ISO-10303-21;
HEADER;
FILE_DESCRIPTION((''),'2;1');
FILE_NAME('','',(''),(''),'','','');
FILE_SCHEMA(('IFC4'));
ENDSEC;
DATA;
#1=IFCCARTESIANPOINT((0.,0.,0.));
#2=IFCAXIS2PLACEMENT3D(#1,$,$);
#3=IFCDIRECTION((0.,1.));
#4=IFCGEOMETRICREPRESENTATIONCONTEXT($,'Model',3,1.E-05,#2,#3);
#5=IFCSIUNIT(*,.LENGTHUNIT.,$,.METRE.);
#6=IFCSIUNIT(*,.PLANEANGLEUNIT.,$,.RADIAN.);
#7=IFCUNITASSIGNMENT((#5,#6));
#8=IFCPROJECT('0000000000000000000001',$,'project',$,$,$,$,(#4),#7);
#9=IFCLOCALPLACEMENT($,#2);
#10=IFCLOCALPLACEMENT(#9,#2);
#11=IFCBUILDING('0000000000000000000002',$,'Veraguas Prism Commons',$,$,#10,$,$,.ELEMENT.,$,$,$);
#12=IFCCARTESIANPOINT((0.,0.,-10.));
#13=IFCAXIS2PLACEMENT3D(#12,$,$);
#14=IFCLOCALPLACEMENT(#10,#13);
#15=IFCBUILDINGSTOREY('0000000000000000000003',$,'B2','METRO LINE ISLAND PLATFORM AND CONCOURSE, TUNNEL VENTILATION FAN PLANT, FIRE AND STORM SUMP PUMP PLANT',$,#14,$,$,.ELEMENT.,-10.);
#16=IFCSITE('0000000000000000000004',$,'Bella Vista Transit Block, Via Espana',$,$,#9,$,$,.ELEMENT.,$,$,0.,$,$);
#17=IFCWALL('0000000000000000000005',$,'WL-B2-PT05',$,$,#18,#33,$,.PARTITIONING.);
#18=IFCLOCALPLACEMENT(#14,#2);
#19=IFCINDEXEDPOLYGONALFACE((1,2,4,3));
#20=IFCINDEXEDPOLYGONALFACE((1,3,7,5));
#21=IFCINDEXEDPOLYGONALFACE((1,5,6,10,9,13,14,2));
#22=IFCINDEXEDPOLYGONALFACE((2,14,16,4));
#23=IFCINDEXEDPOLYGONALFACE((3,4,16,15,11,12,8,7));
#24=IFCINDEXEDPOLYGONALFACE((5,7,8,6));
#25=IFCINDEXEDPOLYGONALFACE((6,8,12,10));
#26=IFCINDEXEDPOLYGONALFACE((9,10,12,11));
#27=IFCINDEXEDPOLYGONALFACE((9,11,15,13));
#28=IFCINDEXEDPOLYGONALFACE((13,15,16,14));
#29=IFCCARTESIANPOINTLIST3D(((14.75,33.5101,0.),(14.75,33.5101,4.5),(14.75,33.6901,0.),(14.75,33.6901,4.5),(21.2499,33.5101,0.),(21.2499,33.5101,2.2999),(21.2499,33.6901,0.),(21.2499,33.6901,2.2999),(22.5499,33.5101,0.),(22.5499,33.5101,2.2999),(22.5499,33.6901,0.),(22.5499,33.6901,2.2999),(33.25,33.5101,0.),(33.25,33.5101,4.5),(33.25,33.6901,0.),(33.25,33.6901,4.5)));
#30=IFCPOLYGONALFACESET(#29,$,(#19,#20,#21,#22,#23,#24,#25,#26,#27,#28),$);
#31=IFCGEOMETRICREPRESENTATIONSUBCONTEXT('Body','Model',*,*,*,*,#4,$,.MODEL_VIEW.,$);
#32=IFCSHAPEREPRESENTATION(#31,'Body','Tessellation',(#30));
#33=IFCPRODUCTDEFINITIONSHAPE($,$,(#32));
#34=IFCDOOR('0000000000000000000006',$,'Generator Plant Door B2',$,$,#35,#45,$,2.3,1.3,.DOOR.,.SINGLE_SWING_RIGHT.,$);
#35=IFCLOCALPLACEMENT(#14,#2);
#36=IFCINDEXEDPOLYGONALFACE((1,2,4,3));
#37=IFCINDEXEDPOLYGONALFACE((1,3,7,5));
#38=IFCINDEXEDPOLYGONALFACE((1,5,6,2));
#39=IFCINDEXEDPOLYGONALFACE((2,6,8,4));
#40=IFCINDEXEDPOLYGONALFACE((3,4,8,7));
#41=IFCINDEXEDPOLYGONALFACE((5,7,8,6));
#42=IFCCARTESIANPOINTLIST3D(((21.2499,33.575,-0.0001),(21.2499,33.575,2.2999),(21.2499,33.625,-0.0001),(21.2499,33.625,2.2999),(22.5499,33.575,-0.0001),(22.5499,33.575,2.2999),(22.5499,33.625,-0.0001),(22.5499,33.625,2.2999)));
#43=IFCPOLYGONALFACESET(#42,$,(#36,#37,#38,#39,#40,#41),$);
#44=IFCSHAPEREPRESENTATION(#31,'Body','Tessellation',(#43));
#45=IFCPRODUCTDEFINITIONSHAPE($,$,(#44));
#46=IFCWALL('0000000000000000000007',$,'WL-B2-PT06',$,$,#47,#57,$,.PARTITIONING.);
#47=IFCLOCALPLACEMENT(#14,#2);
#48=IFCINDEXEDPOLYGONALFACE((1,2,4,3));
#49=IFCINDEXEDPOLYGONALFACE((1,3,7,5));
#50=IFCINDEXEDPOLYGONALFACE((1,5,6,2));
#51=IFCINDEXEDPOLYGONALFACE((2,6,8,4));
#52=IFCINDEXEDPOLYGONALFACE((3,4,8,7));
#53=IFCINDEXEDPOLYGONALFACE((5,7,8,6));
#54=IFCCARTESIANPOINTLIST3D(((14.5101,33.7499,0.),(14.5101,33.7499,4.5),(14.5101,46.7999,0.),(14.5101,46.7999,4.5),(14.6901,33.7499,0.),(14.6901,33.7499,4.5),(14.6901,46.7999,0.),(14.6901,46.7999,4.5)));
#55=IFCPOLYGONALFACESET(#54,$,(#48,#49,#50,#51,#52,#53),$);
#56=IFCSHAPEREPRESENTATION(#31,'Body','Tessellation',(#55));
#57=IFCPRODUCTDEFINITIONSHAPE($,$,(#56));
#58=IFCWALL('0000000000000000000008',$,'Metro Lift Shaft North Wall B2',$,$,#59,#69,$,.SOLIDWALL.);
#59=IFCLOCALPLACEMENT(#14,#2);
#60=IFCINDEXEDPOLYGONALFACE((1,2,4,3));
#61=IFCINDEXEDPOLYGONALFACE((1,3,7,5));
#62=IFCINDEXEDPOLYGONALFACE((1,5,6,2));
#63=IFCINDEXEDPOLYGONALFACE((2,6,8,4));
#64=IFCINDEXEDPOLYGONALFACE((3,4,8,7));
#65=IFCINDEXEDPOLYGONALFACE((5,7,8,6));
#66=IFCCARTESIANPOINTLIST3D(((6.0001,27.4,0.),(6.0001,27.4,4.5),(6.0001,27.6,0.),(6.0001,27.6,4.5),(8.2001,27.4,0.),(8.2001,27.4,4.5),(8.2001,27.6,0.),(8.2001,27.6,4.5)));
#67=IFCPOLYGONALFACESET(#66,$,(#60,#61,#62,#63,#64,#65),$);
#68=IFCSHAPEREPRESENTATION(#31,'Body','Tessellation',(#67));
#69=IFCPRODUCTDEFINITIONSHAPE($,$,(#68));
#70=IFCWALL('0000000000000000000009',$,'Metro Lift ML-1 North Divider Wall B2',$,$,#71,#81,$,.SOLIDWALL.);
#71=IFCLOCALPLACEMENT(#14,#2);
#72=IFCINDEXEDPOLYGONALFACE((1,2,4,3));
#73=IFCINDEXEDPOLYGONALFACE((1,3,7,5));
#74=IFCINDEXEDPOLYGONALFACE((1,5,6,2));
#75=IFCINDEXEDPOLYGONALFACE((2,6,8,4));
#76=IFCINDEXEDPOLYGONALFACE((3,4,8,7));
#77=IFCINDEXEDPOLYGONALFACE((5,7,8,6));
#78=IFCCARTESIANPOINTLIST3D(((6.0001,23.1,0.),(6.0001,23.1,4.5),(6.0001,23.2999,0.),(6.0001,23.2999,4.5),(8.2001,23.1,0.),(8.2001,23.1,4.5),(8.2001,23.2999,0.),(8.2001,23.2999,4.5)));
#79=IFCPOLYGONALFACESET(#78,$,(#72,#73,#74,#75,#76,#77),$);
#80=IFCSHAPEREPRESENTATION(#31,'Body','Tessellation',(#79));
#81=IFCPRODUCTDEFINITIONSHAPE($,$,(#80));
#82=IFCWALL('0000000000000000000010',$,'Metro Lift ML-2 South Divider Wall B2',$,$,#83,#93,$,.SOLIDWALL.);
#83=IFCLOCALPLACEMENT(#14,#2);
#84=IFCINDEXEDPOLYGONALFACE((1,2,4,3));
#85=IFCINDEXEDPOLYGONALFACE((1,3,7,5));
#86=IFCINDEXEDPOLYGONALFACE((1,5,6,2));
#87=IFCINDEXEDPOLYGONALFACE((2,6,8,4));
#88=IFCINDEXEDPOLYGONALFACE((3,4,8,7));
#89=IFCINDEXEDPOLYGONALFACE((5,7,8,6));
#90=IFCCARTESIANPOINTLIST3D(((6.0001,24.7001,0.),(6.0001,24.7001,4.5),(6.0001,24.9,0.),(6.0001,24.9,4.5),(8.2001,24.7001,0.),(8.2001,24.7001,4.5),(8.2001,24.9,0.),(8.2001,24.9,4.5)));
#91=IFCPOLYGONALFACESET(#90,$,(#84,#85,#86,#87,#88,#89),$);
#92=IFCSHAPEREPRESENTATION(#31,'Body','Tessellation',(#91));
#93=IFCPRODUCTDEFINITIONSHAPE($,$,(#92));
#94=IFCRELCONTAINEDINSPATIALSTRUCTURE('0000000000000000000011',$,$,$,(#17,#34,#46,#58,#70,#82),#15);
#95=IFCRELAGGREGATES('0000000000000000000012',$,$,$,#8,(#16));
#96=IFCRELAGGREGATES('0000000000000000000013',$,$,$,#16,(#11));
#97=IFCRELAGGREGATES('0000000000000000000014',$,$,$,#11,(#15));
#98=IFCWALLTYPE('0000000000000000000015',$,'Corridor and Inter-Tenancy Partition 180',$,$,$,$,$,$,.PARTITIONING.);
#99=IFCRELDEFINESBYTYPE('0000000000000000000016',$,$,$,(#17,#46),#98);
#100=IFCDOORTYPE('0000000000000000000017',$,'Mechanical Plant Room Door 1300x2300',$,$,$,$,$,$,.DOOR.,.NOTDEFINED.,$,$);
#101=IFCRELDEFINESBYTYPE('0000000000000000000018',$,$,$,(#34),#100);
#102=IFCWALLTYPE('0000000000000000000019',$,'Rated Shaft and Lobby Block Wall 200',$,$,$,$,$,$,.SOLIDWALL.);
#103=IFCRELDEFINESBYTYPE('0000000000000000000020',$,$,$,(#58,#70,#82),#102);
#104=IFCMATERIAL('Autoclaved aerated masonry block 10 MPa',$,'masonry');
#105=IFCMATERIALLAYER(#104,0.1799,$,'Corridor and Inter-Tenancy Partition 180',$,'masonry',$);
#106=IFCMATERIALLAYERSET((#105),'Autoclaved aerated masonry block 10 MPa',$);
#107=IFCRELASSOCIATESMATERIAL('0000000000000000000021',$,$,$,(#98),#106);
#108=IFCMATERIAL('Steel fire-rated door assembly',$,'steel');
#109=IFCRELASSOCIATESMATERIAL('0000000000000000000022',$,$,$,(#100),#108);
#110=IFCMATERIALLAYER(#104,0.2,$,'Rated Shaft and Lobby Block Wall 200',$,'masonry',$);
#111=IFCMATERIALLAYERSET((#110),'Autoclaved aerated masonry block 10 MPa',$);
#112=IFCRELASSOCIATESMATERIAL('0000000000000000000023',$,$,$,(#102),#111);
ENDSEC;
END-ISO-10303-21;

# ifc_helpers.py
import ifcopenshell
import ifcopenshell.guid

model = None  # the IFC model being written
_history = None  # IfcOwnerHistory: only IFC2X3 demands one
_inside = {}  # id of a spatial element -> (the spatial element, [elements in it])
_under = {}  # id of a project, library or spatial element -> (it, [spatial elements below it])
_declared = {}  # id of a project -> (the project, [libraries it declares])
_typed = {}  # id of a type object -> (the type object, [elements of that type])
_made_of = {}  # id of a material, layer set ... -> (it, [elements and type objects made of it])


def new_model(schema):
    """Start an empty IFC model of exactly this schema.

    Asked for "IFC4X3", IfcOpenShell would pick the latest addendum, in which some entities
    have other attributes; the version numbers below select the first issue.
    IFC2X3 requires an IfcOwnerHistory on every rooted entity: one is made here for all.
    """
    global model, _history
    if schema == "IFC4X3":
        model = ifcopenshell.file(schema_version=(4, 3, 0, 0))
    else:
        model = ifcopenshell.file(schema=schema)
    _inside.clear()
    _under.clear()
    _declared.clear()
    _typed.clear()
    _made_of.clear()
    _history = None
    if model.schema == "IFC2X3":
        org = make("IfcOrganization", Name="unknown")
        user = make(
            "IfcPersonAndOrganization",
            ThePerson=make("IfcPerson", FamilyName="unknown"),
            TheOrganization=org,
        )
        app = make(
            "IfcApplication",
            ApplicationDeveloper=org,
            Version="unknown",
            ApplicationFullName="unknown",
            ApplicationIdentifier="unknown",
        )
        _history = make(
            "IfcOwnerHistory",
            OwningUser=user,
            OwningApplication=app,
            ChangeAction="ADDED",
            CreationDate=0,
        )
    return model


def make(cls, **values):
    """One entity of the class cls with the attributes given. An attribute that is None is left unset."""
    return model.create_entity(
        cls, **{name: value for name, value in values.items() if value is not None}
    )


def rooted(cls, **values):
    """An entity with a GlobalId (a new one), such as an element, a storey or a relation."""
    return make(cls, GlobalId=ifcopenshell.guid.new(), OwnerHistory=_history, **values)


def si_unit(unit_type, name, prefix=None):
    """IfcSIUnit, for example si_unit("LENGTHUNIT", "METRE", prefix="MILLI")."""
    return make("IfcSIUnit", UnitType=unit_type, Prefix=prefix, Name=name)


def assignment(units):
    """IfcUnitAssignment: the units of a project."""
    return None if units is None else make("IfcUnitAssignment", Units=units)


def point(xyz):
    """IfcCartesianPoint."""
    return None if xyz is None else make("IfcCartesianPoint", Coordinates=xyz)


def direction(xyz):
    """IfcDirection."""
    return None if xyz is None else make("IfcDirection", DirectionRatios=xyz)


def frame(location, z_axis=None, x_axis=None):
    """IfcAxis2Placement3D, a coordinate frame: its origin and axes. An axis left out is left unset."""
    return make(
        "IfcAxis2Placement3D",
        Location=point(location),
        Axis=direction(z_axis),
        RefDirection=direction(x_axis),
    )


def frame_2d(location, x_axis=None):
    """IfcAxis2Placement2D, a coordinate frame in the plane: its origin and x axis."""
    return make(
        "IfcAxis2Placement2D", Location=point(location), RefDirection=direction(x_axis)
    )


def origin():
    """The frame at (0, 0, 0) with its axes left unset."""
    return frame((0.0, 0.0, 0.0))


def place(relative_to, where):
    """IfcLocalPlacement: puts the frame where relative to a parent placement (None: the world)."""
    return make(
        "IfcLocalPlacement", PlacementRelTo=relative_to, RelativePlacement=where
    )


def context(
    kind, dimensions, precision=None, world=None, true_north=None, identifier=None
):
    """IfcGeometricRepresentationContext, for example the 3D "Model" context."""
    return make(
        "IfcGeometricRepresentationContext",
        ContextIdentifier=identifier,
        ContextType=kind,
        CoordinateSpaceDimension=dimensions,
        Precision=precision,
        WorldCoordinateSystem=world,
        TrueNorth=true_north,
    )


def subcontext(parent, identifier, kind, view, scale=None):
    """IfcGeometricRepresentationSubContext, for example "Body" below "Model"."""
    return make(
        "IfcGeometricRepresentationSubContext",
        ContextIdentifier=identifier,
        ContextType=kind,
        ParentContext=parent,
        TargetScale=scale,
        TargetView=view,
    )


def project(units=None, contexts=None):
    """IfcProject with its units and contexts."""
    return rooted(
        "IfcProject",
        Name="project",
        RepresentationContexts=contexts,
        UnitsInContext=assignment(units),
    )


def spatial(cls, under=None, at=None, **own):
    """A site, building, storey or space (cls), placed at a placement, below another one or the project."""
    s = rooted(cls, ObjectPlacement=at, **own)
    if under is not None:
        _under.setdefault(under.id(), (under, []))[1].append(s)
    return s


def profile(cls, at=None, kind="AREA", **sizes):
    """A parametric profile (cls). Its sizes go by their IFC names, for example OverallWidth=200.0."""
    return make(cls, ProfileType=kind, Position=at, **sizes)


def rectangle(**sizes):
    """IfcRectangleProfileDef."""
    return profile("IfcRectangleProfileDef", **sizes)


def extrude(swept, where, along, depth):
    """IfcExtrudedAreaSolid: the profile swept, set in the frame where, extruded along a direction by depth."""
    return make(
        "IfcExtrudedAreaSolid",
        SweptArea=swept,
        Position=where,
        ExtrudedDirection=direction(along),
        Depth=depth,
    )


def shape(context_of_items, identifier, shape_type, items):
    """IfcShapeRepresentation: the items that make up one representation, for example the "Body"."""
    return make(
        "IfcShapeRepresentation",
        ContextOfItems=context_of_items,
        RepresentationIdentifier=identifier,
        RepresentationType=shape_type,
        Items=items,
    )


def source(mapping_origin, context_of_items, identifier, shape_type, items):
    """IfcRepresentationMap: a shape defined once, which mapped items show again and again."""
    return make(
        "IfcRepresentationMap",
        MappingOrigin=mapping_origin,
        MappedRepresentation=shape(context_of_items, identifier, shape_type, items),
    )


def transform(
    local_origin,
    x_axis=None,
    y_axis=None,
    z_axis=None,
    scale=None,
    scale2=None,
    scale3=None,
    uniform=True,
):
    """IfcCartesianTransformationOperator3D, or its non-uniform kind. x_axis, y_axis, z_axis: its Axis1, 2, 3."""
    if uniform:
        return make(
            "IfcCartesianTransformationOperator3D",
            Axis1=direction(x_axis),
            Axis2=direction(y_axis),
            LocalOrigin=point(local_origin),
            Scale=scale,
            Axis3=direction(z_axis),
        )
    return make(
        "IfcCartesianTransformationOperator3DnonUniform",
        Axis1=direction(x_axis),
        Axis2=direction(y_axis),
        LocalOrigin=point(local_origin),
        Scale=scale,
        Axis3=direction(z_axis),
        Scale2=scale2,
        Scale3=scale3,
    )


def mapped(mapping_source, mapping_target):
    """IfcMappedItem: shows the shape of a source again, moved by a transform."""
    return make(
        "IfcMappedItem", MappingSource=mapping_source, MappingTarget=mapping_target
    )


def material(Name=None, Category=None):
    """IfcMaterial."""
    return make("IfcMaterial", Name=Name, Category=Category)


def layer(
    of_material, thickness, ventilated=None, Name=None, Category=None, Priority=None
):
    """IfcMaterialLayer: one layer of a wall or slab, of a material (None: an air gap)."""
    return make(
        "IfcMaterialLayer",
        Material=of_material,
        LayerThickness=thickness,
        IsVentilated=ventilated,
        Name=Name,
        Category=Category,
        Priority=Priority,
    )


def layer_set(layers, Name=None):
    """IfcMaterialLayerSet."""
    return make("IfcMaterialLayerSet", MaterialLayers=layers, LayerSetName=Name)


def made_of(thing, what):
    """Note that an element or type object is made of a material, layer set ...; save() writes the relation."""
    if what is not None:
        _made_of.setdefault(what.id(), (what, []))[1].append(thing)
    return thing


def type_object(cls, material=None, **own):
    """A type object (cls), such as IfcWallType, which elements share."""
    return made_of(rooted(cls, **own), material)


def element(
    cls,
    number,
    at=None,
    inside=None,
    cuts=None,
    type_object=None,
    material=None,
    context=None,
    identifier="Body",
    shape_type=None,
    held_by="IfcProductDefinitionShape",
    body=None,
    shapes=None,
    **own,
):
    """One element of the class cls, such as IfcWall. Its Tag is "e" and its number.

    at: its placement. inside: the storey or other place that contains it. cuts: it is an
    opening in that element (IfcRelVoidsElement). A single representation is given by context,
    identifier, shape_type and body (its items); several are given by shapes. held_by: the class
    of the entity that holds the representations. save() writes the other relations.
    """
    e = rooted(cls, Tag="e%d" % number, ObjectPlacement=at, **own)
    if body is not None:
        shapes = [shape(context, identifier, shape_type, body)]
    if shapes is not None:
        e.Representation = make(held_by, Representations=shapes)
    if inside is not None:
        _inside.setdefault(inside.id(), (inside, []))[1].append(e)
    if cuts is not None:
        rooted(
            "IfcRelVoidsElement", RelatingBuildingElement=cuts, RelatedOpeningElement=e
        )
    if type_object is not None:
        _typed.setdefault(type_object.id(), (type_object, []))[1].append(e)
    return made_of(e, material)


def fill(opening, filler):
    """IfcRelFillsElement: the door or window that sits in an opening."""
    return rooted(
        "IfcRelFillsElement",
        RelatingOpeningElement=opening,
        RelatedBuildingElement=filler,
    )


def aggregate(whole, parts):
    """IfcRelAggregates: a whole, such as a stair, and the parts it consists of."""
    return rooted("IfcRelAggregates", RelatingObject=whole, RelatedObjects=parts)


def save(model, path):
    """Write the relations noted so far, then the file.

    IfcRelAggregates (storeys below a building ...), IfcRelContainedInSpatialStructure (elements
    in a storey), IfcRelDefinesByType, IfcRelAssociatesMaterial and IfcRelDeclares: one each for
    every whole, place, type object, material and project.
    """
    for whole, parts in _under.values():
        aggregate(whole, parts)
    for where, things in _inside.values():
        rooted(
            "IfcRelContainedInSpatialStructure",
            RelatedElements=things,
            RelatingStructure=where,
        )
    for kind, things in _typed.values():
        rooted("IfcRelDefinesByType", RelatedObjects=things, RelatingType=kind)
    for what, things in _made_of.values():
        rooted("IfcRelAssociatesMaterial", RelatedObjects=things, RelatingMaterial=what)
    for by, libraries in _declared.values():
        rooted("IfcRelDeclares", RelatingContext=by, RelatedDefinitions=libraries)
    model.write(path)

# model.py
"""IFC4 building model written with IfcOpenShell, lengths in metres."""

from ifc_helpers import new_model, si_unit, direction, frame, frame_2d, origin, place, context, subcontext, project, spatial, rectangle, extrude, source, transform, mapped, material, layer, layer_set, type_object, element, fill, save


model = new_model("IFC4")

# Units and contexts
model_context = context("Model", 3, precision=1e-05, world=origin(), true_north=direction((0.0, 1.0)))
body_context = subcontext(model_context, "Body", "Model", "MODEL_VIEW")
ifc_project = project(units=[si_unit("LENGTHUNIT", "METRE"), si_unit("PLANEANGLEUNIT", "RADIAN")], contexts=[model_context])

# Site, building, storey
site_placement = place(None, origin())
site = spatial("IfcSite", under=ifc_project, at=site_placement, Name="Bella Vista Transit Block, Via Espana", CompositionType="ELEMENT", RefElevation=0.0)
building_placement = place(site_placement, origin())
building = spatial("IfcBuilding", under=site, at=building_placement, Name="Veraguas Prism Commons", CompositionType="ELEMENT")
storey_placement = place(building_placement, frame((0.0, 0.0, -10.0)))
storey = spatial("IfcBuildingStorey", under=building, at=storey_placement, Name="B2", Description="METRO LINE ISLAND PLATFORM AND CONCOURSE, TUNNEL VENTILATION FAN PLANT, FIRE AND STORM SUMP PUMP PLANT", CompositionType="ELEMENT", Elevation=-10.0)

# Wall, opening, door
ifc_material_1 = material(Name="Autoclaved aerated masonry block 10 MPa", Category="masonry")
ifc_layer_1 = layer(ifc_material_1, 0.1799, Name="Corridor and Inter-Tenancy Partition 180", Category="masonry")
ifc_layer_set_1 = layer_set([ifc_layer_1], Name="Autoclaved aerated masonry block 10 MPa")
wall_type_1 = type_object("IfcWallType", Name="Corridor and Inter-Tenancy Partition 180", PredefinedType="PARTITIONING", material=ifc_layer_set_1)
wall_1_placement = place(storey_placement, frame((14.75, 33.6001, 0.0), z_axis=(0.0, 0.0, 1.0), x_axis=(1.0, 0.0, 0.0)))
wall_1 = element("IfcWall", 1, at=wall_1_placement, inside=storey, type_object=wall_type_1, Name="WL-B2-PT05", PredefinedType="PARTITIONING", context=body_context, shape_type="SweptSolid", body=[
    extrude(rectangle(XDim=18.5, YDim=0.1799, at=frame_2d((9.25, 0.0))), origin(), (0.0, 0.0, 1.0), 4.5),
])
opening_placement = place(wall_1_placement, frame((6.5, 0.0, 0.0)))
opening = element("IfcOpeningElement", 2, at=opening_placement, cuts=wall_1, PredefinedType="OPENING", context=body_context, shape_type="SweptSolid", body=[
    extrude(rectangle(XDim=1.3, YDim=2.3, at=frame_2d((0.6499, 1.1499))), frame((0.0, 0.0999, 0.0), z_axis=(0.0, -1.0, 0.0), x_axis=(1.0, 0.0, 0.0)), (0.0, 0.0, 1.0), 0.2),
])
ifc_material_2 = material(Name="Steel fire-rated door assembly", Category="steel")
door_type = type_object("IfcDoorType", Name="Mechanical Plant Room Door 1300x2300", OperationType="NOTDEFINED", PredefinedType="DOOR", material=ifc_material_2)
shared_shape_1 = source(origin(), body_context, "Body", "SweptSolid", [
    extrude(rectangle(XDim=1.3, YDim=2.3, at=frame_2d((0.6499, 1.1499))), frame((0.0, 0.0249, 0.0), z_axis=(0.0, -1.0, 0.0), x_axis=(1.0, 0.0, 0.0)), (0.0, 0.0, 1.0), 0.05),
])
door_placement = place(opening_placement, origin())
door = element("IfcDoor", 3, at=door_placement, inside=storey, type_object=door_type, Name="Generator Plant Door B2", OperationType="SINGLE_SWING_RIGHT", OverallHeight=2.3, OverallWidth=1.3, PredefinedType="DOOR", context=body_context, shape_type="MappedRepresentation", body=[
    mapped(shared_shape_1, transform((0.0, 0.0, 0.0), scale=1.0)),
])
fill(opening, door)

# Walls
wall_2_placement = place(storey_placement, frame((14.6001, 33.75, 0.0), z_axis=(0.0, 0.0, 1.0), x_axis=(0.0, 1.0, 0.0)))
element("IfcWall", 4, at=wall_2_placement, inside=storey, type_object=wall_type_1, Name="WL-B2-PT06", PredefinedType="PARTITIONING", context=body_context, shape_type="SweptSolid", body=[
    extrude(rectangle(XDim=13.05, YDim=0.1799, at=frame_2d((6.5249, 0.0))), origin(), (0.0, 0.0, 1.0), 4.5),
])
ifc_layer_2 = layer(ifc_material_1, 0.2, Name="Rated Shaft and Lobby Block Wall 200", Category="masonry")
ifc_layer_set_2 = layer_set([ifc_layer_2], Name="Autoclaved aerated masonry block 10 MPa")
wall_type_2 = type_object("IfcWallType", Name="Rated Shaft and Lobby Block Wall 200", PredefinedType="SOLIDWALL", material=ifc_layer_set_2)
for number, where, z_axis, x_axis, name in (
    (5, (6.0, 27.5, 0.0), (0.0, 0.0, 1.0), (1.0, 0.0, 0.0), "Metro Lift Shaft North Wall B2"),
    (6, (6.0, 23.2, 0.0), (0.0, 0.0, 1.0), (1.0, 0.0, 0.0), "Metro Lift ML-1 North Divider Wall B2"),
    (7, (6.0, 24.8, 0.0), (0.0, 0.0, 1.0), (1.0, 0.0, 0.0), "Metro Lift ML-2 South Divider Wall B2"),
):
    element("IfcWall", number, at=place(storey_placement, frame(where, z_axis=z_axis, x_axis=x_axis)), inside=storey, type_object=wall_type_2, Name=name, PredefinedType="SOLIDWALL", context=body_context, shape_type="SweptSolid", body=[
        extrude(rectangle(XDim=2.2, YDim=0.2, at=frame_2d((1.1001, 0.0))), origin(), (0.0, 0.0, 1.0), 4.5),
    ])

save(model, "model.ifc")
